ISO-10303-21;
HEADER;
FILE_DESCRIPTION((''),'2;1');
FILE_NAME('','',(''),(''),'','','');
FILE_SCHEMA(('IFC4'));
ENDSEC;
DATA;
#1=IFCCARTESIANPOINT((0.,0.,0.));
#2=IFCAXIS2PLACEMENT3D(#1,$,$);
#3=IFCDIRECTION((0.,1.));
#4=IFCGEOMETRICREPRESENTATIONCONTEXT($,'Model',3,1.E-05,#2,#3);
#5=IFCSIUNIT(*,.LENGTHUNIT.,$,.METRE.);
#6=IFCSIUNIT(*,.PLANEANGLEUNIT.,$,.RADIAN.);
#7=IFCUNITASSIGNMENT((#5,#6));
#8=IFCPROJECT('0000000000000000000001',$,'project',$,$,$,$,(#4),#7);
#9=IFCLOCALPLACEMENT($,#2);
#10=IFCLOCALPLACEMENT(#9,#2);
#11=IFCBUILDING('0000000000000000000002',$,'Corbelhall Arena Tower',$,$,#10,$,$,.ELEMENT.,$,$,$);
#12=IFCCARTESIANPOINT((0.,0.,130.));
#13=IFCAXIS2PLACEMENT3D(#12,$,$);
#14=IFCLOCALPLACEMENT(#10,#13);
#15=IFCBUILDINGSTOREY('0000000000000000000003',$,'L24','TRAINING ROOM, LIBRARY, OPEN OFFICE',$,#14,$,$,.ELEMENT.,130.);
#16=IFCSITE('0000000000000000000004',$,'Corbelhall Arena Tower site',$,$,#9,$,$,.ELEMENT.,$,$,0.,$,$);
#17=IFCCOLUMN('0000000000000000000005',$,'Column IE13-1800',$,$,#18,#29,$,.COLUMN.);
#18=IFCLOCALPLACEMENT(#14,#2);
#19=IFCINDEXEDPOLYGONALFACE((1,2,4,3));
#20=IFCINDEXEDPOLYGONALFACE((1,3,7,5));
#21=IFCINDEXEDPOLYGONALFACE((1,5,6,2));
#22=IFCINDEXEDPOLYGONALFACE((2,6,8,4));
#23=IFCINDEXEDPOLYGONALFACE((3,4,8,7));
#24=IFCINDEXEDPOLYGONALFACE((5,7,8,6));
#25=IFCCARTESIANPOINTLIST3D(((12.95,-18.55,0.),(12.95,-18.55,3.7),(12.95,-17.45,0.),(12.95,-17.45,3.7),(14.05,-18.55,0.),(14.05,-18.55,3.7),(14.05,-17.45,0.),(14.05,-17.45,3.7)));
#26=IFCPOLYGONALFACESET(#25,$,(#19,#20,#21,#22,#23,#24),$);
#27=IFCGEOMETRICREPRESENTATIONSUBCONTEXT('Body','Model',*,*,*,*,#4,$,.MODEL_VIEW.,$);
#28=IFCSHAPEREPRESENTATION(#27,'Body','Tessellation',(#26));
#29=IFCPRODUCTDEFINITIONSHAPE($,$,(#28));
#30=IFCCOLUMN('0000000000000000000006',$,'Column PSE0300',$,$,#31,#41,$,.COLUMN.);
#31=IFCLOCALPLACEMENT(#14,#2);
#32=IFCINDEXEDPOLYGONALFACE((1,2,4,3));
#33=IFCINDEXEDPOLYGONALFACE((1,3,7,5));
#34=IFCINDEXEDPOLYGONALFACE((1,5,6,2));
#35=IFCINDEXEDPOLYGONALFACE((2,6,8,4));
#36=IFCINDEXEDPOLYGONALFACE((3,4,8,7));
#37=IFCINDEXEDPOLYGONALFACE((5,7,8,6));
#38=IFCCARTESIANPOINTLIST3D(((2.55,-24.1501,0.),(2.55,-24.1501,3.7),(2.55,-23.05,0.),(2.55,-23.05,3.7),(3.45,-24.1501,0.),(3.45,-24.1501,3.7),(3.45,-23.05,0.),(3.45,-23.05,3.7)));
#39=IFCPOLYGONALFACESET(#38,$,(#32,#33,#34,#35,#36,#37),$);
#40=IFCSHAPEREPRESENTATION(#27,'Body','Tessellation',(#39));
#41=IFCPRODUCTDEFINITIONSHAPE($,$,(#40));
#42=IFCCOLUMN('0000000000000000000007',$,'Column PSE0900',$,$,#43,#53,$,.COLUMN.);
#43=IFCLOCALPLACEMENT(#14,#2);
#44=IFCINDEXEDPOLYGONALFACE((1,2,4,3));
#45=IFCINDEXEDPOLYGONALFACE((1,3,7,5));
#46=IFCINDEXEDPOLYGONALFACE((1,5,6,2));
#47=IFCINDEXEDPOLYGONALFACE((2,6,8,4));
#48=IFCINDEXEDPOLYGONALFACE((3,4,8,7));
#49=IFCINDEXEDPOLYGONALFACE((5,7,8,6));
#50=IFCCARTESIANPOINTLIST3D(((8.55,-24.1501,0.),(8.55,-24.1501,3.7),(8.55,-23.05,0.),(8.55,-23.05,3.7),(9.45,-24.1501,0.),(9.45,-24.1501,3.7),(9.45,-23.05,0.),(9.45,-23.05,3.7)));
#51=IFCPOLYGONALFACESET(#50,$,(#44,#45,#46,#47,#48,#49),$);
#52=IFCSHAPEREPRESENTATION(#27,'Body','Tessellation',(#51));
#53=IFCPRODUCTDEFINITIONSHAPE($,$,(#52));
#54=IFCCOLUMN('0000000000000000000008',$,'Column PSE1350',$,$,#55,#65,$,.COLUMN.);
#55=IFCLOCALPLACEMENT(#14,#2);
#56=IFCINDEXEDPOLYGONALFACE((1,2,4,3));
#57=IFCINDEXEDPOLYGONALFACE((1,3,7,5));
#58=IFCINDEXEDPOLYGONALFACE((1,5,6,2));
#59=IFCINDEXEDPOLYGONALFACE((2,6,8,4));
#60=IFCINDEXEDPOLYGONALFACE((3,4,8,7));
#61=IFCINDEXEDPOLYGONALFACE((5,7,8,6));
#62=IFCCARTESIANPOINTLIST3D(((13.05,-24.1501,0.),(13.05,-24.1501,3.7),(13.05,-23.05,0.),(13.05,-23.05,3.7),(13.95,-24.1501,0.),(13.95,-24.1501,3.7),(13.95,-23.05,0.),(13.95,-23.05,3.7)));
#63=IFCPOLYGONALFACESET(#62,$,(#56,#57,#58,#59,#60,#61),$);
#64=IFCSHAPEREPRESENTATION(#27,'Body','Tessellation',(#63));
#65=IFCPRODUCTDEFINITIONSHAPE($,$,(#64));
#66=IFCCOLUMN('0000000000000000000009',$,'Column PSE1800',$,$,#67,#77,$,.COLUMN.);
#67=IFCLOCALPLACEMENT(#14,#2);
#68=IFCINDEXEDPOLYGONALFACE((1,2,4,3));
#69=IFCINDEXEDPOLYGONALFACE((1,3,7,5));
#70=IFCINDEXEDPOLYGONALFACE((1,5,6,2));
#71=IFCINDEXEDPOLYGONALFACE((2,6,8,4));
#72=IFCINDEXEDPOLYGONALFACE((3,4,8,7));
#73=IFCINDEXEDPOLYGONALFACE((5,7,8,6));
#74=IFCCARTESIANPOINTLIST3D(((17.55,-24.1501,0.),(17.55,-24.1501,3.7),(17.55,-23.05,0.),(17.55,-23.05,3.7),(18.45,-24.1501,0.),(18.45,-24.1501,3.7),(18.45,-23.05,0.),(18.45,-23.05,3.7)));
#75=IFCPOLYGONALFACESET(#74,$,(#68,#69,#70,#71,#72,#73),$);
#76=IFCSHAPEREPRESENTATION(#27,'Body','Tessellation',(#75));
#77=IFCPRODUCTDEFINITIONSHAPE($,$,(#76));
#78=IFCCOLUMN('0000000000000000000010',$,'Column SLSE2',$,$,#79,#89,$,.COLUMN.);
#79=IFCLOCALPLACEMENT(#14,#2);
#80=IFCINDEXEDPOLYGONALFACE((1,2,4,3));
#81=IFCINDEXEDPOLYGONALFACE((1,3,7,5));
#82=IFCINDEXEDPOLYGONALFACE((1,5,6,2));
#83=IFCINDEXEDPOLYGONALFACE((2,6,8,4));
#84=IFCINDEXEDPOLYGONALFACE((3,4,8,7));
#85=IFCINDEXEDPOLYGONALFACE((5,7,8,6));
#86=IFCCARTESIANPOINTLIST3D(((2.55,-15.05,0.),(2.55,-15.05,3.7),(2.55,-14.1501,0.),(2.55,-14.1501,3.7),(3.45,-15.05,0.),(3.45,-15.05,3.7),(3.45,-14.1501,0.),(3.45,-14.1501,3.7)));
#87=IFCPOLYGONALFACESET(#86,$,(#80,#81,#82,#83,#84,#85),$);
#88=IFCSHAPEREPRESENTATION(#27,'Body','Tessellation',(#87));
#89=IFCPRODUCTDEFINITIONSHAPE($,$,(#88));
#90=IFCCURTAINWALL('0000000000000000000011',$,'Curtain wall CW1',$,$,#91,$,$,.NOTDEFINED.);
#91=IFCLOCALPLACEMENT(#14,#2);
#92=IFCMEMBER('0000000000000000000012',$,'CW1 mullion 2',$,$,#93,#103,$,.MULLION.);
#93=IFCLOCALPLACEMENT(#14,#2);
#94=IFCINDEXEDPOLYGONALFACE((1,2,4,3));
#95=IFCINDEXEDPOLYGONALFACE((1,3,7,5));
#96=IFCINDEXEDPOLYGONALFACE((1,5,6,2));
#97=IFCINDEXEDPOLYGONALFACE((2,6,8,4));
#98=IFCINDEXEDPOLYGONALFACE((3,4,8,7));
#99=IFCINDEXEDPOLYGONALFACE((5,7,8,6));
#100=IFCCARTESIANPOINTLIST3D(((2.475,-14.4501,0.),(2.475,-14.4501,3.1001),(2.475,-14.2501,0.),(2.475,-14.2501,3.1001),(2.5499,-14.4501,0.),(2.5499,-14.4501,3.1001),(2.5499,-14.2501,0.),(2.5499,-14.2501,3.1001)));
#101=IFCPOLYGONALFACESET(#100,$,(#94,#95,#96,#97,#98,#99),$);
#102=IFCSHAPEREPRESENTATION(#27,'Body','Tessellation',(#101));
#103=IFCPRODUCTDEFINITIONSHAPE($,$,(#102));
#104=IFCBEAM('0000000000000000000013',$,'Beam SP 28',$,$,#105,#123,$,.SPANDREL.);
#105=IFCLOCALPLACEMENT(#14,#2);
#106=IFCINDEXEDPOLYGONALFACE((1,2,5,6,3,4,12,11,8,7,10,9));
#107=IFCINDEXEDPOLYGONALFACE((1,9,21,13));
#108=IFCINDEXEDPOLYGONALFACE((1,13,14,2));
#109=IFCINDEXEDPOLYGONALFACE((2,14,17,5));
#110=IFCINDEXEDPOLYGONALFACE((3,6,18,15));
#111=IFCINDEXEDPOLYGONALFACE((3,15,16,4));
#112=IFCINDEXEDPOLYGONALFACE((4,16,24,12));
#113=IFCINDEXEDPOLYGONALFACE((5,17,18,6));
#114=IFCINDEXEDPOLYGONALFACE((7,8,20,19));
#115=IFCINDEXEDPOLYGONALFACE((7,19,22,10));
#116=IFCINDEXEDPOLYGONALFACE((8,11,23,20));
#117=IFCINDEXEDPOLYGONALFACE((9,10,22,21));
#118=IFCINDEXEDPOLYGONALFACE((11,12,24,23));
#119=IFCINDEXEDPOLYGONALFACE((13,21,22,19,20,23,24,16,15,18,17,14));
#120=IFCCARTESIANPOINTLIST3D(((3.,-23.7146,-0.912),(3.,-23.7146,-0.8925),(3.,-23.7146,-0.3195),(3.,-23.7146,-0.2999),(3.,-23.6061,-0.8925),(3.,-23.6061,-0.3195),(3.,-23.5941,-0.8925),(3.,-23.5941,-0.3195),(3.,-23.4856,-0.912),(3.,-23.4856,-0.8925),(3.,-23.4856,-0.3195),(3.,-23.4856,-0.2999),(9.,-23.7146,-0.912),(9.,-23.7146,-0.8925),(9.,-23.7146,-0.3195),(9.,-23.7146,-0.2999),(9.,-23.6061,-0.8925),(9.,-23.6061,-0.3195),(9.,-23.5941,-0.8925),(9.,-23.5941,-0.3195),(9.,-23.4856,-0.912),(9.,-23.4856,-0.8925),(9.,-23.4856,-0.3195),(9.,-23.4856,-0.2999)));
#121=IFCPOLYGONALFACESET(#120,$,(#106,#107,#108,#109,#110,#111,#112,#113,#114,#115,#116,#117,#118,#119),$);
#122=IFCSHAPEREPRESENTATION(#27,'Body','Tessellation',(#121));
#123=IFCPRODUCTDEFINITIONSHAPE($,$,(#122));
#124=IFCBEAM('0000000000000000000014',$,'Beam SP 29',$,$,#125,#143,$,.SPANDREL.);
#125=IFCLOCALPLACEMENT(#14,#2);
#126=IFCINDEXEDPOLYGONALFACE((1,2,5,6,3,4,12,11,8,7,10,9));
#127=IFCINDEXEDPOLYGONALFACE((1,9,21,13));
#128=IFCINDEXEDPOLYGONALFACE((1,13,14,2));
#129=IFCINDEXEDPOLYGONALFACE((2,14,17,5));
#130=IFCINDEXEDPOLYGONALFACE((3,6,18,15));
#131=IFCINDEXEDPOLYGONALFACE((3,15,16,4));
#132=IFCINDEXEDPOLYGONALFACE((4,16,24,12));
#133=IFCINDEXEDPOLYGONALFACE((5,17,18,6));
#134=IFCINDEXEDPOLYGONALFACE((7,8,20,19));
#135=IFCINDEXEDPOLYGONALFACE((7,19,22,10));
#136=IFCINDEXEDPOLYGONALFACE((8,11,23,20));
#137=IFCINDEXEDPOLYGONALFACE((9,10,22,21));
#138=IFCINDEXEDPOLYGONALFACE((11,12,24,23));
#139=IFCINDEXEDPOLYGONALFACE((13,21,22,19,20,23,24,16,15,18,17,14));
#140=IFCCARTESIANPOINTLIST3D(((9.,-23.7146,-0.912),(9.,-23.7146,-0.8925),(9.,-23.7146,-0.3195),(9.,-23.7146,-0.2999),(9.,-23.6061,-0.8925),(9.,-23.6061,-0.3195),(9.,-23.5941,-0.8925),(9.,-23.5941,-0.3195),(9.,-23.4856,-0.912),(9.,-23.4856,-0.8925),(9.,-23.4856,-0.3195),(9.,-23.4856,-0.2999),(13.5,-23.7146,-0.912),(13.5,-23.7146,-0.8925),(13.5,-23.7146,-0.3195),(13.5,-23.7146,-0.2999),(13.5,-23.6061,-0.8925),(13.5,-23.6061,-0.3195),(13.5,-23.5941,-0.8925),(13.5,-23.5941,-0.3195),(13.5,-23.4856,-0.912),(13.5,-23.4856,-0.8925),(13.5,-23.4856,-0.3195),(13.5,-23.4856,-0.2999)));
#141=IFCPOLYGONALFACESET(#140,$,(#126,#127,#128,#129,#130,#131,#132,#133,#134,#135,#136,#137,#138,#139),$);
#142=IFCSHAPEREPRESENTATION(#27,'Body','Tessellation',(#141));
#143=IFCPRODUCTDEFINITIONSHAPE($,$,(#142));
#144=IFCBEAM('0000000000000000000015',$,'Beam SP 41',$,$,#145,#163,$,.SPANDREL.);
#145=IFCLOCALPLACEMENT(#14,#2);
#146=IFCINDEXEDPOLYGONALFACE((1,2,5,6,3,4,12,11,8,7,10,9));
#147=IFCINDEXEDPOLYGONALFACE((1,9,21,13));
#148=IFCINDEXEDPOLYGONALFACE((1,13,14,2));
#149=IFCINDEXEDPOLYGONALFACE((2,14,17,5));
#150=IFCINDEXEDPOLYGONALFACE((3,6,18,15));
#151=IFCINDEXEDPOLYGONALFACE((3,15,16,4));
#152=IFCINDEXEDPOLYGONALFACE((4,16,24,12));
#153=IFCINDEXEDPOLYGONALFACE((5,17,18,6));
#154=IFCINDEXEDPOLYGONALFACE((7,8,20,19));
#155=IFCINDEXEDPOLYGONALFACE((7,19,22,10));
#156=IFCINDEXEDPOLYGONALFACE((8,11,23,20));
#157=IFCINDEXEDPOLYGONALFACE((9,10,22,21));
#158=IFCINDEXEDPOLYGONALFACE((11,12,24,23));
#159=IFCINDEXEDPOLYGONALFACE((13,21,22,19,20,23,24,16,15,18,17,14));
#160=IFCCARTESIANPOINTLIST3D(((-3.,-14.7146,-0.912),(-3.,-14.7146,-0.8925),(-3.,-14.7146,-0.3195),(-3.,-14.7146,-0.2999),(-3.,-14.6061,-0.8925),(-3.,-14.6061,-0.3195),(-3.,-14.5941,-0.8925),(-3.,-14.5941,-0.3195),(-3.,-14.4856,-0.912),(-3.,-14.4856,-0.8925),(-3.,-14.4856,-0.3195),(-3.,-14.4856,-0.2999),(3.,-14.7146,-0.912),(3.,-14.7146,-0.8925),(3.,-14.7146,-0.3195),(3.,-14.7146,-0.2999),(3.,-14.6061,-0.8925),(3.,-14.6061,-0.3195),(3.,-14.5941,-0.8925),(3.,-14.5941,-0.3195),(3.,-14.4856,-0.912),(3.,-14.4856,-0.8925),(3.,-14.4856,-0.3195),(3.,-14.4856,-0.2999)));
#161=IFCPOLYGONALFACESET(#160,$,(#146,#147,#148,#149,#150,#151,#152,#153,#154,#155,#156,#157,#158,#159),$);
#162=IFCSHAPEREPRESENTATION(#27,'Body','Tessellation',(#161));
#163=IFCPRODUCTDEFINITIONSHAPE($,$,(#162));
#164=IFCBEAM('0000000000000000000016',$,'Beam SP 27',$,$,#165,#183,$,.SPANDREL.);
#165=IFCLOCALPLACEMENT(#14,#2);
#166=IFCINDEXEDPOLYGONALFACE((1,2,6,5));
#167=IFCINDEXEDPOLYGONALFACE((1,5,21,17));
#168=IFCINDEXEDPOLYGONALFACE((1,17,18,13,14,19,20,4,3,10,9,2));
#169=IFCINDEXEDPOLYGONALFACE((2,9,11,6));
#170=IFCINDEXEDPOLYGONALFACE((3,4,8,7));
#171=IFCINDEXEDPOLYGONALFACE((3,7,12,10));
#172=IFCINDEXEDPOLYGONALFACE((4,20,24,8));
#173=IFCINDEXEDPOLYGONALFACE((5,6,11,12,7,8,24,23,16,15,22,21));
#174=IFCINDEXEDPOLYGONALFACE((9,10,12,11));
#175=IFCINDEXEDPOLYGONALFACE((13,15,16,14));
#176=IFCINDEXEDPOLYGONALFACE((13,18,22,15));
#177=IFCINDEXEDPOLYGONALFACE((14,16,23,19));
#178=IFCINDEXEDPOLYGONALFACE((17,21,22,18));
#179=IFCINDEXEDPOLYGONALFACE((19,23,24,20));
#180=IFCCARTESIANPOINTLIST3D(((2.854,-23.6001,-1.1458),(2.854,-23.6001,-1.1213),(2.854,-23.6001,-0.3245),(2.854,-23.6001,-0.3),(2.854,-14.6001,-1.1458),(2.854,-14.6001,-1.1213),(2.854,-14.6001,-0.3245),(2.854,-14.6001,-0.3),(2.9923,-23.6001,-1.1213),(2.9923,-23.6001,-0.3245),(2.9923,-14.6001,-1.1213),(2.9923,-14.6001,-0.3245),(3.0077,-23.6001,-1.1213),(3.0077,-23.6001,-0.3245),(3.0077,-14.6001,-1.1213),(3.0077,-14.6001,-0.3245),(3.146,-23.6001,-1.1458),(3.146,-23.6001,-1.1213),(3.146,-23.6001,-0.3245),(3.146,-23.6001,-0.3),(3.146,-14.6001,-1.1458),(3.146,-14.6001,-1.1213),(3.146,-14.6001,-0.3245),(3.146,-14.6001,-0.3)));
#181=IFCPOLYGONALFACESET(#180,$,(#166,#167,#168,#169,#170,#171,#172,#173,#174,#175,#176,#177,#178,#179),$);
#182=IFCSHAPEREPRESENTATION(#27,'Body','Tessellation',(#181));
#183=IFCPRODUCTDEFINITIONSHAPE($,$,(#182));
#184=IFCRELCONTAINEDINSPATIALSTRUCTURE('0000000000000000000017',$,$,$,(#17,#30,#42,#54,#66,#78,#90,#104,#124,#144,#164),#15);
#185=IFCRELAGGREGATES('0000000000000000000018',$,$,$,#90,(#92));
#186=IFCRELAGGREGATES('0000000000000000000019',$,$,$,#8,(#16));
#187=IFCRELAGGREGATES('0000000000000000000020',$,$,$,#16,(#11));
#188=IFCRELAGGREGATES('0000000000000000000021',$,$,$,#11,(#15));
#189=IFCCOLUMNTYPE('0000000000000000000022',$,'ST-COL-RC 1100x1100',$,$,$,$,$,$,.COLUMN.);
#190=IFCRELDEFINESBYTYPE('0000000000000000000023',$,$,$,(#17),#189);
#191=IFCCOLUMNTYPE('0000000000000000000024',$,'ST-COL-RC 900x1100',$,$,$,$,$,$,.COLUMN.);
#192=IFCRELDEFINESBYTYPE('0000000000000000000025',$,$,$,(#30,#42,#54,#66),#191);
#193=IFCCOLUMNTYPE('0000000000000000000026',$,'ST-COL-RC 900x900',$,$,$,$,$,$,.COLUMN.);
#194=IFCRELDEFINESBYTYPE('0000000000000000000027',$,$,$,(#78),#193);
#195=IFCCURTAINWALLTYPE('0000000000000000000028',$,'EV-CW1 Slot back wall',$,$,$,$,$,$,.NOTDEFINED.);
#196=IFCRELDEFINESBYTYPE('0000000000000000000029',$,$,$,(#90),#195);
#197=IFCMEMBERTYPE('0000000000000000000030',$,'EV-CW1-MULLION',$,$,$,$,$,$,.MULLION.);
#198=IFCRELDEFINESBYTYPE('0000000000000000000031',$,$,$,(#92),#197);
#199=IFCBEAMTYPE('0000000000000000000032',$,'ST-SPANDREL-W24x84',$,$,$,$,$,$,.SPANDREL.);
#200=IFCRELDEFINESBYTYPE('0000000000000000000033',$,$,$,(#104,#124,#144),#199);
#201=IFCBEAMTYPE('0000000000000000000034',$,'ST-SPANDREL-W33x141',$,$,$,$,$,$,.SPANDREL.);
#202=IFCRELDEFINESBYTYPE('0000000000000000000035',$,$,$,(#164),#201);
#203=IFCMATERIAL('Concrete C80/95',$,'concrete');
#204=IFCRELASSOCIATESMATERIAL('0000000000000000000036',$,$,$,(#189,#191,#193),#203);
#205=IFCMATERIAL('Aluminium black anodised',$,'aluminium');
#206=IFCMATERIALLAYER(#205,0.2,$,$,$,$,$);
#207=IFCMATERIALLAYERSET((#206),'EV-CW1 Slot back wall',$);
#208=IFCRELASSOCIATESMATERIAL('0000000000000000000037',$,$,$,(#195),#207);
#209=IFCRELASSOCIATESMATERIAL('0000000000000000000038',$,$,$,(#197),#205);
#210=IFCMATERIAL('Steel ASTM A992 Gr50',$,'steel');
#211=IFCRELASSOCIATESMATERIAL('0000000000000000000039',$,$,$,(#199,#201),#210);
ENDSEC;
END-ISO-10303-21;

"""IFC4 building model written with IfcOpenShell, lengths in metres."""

from ifc_helpers import new_model, si_unit, direction, frame, origin, origin_2d, place, context, subcontext, project, spatial, rectangle, i_section, extrude, material, layer, layer_set, material_profile, profile_set, type_object, element, aggregate, save


model = new_model("IFC4")

# Units and contexts
model_context = context("Model", 3, precision=1e-05, world=origin(), true_north=direction((0.0, 1.0)))
body_context = subcontext(model_context, "Body", "Model", "MODEL_VIEW")
ifc_project = project(units=[si_unit("LENGTHUNIT", "METRE"), si_unit("PLANEANGLEUNIT", "RADIAN")], contexts=[model_context])

# Site, building, storey
site_placement = place(None, origin())
site = spatial("IfcSite", under=ifc_project, at=site_placement, Name="Corbelhall Arena Tower site", CompositionType="ELEMENT", RefElevation=0.0)
building_placement = place(site_placement, origin())
building = spatial("IfcBuilding", under=site, at=building_placement, Name="Corbelhall Arena Tower", CompositionType="ELEMENT")
storey_placement = place(building_placement, frame((0.0, 0.0, 130.0)))
storey = spatial("IfcBuildingStorey", under=building, at=storey_placement, Name="L24", Description="TRAINING ROOM, LIBRARY, OPEN OFFICE", CompositionType="ELEMENT", Elevation=130.0)

# Columns
ifc_material_1 = material(Name="Concrete C80/95", Category="concrete")
ifc_material_profile_1 = material_profile(ifc_material_1, rectangle(XDim=1.1001, YDim=1.1001, at=origin_2d()))
ifc_profile_set_1 = profile_set([ifc_material_profile_1], Name="Concrete C80/95")
column_type_1 = type_object("IfcColumnType", Name="ST-COL-RC 1100x1100", PredefinedType="COLUMN", material=ifc_profile_set_1)
column_1_placement = place(storey_placement, frame((13.5, -18.0, 0.0), z_axis=(0.0, 0.0, 1.0), x_axis=(1.0, 0.0, 0.0)))
element("IfcColumn", 1, at=column_1_placement, inside=storey, type_object=column_type_1, Name="Column IE13-1800", PredefinedType="COLUMN", context=body_context, shape_type="SweptSolid", body=[
    extrude(rectangle(XDim=1.1001, YDim=1.1001, at=origin_2d()), origin(), (0.0, 0.0, 1.0), 3.7),
])
ifc_material_profile_2 = material_profile(ifc_material_1, rectangle(XDim=0.8999, YDim=1.1001, at=origin_2d()))
ifc_profile_set_2 = profile_set([ifc_material_profile_2], Name="Concrete C80/95")
column_type_2 = type_object("IfcColumnType", Name="ST-COL-RC 900x1100", PredefinedType="COLUMN", material=ifc_profile_set_2)
for number, where, z_axis, x_axis, name in (
    (2, (3.0, -23.6001, 0.0), (0.0, 0.0, 1.0), (1.0, 0.0, 0.0), "Column PSE0300"),
    (3, (9.0, -23.6001, 0.0), (0.0, 0.0, 1.0), (1.0, 0.0, 0.0), "Column PSE0900"),
    (4, (13.5, -23.6001, 0.0), (0.0, 0.0, 1.0), (1.0, 0.0, 0.0), "Column PSE1350"),
    (5, (18.0, -23.6001, 0.0), (0.0, 0.0, 1.0), (1.0, 0.0, 0.0), "Column PSE1800"),
):
    element("IfcColumn", number, at=place(storey_placement, frame(where, z_axis=z_axis, x_axis=x_axis)), inside=storey, type_object=column_type_2, Name=name, PredefinedType="COLUMN", context=body_context, shape_type="SweptSolid", body=[
        extrude(rectangle(XDim=0.8999, YDim=1.1001, at=origin_2d()), origin(), (0.0, 0.0, 1.0), 3.7),
    ])
ifc_material_profile_3 = material_profile(ifc_material_1, rectangle(XDim=0.8999, YDim=0.8999, at=origin_2d()))
ifc_profile_set_3 = profile_set([ifc_material_profile_3], Name="Concrete C80/95")
column_type_3 = type_object("IfcColumnType", Name="ST-COL-RC 900x900", PredefinedType="COLUMN", material=ifc_profile_set_3)
column_2_placement = place(storey_placement, frame((3.0, -14.6001, 0.0), z_axis=(0.0, 0.0, 1.0), x_axis=(1.0, 0.0, 0.0)))
element("IfcColumn", 6, at=column_2_placement, inside=storey, type_object=column_type_3, Name="Column SLSE2", PredefinedType="COLUMN", context=body_context, shape_type="SweptSolid", body=[
    extrude(rectangle(XDim=0.8999, YDim=0.8999, at=origin_2d()), origin(), (0.0, 0.0, 1.0), 3.7),
])

# Curtain wall, member
ifc_material_2 = material(Name="Aluminium black anodised", Category="aluminium")
ifc_layer_1 = layer(ifc_material_2, 0.2)
ifc_layer_set_1 = layer_set([ifc_layer_1], Name="EV-CW1 Slot back wall")
curtain_wall_type = type_object("IfcCurtainWallType", Name="EV-CW1 Slot back wall", PredefinedType="NOTDEFINED", material=ifc_layer_set_1)
curtain_wall_placement = place(storey_placement, origin())
curtain_wall = element("IfcCurtainWall", 7, at=curtain_wall_placement, inside=storey, type_object=curtain_wall_type, Name="Curtain wall CW1", PredefinedType="NOTDEFINED")
ifc_material_profile_4 = material_profile(ifc_material_2, rectangle(XDim=0.2, YDim=0.075, at=origin_2d()))
ifc_profile_set_4 = profile_set([ifc_material_profile_4], Name="Aluminium black anodised")
member_type = type_object("IfcMemberType", Name="EV-CW1-MULLION", PredefinedType="MULLION", material=ifc_profile_set_4)
member_placement = place(storey_placement, frame((2.5125, -14.3501, 0.0), z_axis=(0.0, 0.0, 1.0), x_axis=(0.0, 1.0, 0.0)))
member = element("IfcMember", 8, at=member_placement, type_object=member_type, Name="CW1 mullion 2", PredefinedType="MULLION", context=body_context, shape_type="SweptSolid", body=[
    extrude(rectangle(XDim=0.2, YDim=0.075, at=origin_2d()), origin(), (0.0, 0.0, 1.0), 3.1001),
])

# Beams
ifc_material_3 = material(Name="Steel ASTM A992 Gr50", Category="steel")
ifc_material_profile_5 = material_profile(ifc_material_3, i_section(OverallWidth=0.229, OverallDepth=0.6121, WebThickness=0.012, FlangeThickness=0.0195, at=origin_2d()))
ifc_profile_set_5 = profile_set([ifc_material_profile_5], Name="Steel ASTM A992 Gr50")
beam_type_1 = type_object("IfcBeamType", Name="ST-SPANDREL-W24x84", PredefinedType="SPANDREL", material=ifc_profile_set_5)
beam_1_placement = place(storey_placement, frame((9.0, -23.6001, -0.606), z_axis=(-1.0, 0.0, 0.0), x_axis=(0.0, -1.0, 0.0)))
element("IfcBeam", 9, at=beam_1_placement, inside=storey, type_object=beam_type_1, Name="Beam SP 28", PredefinedType="SPANDREL", context=body_context, shape_type="SweptSolid", body=[
    extrude(i_section(OverallWidth=0.229, OverallDepth=0.6121, WebThickness=0.012, FlangeThickness=0.0195, at=origin_2d()), origin(), (0.0, 0.0, 1.0), 6.0),
])
beam_2_placement = place(storey_placement, frame((13.5, -23.6001, -0.606), z_axis=(-1.0, 0.0, 0.0), x_axis=(0.0, -1.0, 0.0)))
element("IfcBeam", 10, at=beam_2_placement, inside=storey, type_object=beam_type_1, Name="Beam SP 29", PredefinedType="SPANDREL", context=body_context, shape_type="SweptSolid", body=[
    extrude(i_section(OverallWidth=0.229, OverallDepth=0.6121, WebThickness=0.012, FlangeThickness=0.0195, at=origin_2d()), origin(), (0.0, 0.0, 1.0), 4.5),
])
beam_3_placement = place(storey_placement, frame((3.0, -14.6001, -0.606), z_axis=(-1.0, 0.0, 0.0), x_axis=(0.0, -1.0, 0.0)))
element("IfcBeam", 11, at=beam_3_placement, inside=storey, type_object=beam_type_1, Name="Beam SP 41", PredefinedType="SPANDREL", context=body_context, shape_type="SweptSolid", body=[
    extrude(i_section(OverallWidth=0.229, OverallDepth=0.6121, WebThickness=0.012, FlangeThickness=0.0195, at=origin_2d()), origin(), (0.0, 0.0, 1.0), 6.0),
])
ifc_material_profile_6 = material_profile(ifc_material_3, i_section(OverallWidth=0.292, OverallDepth=0.8457, WebThickness=0.0154, FlangeThickness=0.0244, at=origin_2d()))
ifc_profile_set_6 = profile_set([ifc_material_profile_6], Name="Steel ASTM A992 Gr50")
beam_type_2 = type_object("IfcBeamType", Name="ST-SPANDREL-W33x141", PredefinedType="SPANDREL", material=ifc_profile_set_6)
beam_4_placement = place(storey_placement, frame((3.0, -23.6001, -0.7229), z_axis=(0.0, 1.0, 0.0), x_axis=(-1.0, 0.0, 0.0)))
element("IfcBeam", 12, at=beam_4_placement, inside=storey, type_object=beam_type_2, Name="Beam SP 27", PredefinedType="SPANDREL", context=body_context, shape_type="SweptSolid", body=[
    extrude(i_section(OverallWidth=0.292, OverallDepth=0.8457, WebThickness=0.0154, FlangeThickness=0.0244, at=origin_2d()), origin(), (0.0, 0.0, 1.0), 9.0),
])

aggregate(curtain_wall, [member])

save(model, "model.ifc")
